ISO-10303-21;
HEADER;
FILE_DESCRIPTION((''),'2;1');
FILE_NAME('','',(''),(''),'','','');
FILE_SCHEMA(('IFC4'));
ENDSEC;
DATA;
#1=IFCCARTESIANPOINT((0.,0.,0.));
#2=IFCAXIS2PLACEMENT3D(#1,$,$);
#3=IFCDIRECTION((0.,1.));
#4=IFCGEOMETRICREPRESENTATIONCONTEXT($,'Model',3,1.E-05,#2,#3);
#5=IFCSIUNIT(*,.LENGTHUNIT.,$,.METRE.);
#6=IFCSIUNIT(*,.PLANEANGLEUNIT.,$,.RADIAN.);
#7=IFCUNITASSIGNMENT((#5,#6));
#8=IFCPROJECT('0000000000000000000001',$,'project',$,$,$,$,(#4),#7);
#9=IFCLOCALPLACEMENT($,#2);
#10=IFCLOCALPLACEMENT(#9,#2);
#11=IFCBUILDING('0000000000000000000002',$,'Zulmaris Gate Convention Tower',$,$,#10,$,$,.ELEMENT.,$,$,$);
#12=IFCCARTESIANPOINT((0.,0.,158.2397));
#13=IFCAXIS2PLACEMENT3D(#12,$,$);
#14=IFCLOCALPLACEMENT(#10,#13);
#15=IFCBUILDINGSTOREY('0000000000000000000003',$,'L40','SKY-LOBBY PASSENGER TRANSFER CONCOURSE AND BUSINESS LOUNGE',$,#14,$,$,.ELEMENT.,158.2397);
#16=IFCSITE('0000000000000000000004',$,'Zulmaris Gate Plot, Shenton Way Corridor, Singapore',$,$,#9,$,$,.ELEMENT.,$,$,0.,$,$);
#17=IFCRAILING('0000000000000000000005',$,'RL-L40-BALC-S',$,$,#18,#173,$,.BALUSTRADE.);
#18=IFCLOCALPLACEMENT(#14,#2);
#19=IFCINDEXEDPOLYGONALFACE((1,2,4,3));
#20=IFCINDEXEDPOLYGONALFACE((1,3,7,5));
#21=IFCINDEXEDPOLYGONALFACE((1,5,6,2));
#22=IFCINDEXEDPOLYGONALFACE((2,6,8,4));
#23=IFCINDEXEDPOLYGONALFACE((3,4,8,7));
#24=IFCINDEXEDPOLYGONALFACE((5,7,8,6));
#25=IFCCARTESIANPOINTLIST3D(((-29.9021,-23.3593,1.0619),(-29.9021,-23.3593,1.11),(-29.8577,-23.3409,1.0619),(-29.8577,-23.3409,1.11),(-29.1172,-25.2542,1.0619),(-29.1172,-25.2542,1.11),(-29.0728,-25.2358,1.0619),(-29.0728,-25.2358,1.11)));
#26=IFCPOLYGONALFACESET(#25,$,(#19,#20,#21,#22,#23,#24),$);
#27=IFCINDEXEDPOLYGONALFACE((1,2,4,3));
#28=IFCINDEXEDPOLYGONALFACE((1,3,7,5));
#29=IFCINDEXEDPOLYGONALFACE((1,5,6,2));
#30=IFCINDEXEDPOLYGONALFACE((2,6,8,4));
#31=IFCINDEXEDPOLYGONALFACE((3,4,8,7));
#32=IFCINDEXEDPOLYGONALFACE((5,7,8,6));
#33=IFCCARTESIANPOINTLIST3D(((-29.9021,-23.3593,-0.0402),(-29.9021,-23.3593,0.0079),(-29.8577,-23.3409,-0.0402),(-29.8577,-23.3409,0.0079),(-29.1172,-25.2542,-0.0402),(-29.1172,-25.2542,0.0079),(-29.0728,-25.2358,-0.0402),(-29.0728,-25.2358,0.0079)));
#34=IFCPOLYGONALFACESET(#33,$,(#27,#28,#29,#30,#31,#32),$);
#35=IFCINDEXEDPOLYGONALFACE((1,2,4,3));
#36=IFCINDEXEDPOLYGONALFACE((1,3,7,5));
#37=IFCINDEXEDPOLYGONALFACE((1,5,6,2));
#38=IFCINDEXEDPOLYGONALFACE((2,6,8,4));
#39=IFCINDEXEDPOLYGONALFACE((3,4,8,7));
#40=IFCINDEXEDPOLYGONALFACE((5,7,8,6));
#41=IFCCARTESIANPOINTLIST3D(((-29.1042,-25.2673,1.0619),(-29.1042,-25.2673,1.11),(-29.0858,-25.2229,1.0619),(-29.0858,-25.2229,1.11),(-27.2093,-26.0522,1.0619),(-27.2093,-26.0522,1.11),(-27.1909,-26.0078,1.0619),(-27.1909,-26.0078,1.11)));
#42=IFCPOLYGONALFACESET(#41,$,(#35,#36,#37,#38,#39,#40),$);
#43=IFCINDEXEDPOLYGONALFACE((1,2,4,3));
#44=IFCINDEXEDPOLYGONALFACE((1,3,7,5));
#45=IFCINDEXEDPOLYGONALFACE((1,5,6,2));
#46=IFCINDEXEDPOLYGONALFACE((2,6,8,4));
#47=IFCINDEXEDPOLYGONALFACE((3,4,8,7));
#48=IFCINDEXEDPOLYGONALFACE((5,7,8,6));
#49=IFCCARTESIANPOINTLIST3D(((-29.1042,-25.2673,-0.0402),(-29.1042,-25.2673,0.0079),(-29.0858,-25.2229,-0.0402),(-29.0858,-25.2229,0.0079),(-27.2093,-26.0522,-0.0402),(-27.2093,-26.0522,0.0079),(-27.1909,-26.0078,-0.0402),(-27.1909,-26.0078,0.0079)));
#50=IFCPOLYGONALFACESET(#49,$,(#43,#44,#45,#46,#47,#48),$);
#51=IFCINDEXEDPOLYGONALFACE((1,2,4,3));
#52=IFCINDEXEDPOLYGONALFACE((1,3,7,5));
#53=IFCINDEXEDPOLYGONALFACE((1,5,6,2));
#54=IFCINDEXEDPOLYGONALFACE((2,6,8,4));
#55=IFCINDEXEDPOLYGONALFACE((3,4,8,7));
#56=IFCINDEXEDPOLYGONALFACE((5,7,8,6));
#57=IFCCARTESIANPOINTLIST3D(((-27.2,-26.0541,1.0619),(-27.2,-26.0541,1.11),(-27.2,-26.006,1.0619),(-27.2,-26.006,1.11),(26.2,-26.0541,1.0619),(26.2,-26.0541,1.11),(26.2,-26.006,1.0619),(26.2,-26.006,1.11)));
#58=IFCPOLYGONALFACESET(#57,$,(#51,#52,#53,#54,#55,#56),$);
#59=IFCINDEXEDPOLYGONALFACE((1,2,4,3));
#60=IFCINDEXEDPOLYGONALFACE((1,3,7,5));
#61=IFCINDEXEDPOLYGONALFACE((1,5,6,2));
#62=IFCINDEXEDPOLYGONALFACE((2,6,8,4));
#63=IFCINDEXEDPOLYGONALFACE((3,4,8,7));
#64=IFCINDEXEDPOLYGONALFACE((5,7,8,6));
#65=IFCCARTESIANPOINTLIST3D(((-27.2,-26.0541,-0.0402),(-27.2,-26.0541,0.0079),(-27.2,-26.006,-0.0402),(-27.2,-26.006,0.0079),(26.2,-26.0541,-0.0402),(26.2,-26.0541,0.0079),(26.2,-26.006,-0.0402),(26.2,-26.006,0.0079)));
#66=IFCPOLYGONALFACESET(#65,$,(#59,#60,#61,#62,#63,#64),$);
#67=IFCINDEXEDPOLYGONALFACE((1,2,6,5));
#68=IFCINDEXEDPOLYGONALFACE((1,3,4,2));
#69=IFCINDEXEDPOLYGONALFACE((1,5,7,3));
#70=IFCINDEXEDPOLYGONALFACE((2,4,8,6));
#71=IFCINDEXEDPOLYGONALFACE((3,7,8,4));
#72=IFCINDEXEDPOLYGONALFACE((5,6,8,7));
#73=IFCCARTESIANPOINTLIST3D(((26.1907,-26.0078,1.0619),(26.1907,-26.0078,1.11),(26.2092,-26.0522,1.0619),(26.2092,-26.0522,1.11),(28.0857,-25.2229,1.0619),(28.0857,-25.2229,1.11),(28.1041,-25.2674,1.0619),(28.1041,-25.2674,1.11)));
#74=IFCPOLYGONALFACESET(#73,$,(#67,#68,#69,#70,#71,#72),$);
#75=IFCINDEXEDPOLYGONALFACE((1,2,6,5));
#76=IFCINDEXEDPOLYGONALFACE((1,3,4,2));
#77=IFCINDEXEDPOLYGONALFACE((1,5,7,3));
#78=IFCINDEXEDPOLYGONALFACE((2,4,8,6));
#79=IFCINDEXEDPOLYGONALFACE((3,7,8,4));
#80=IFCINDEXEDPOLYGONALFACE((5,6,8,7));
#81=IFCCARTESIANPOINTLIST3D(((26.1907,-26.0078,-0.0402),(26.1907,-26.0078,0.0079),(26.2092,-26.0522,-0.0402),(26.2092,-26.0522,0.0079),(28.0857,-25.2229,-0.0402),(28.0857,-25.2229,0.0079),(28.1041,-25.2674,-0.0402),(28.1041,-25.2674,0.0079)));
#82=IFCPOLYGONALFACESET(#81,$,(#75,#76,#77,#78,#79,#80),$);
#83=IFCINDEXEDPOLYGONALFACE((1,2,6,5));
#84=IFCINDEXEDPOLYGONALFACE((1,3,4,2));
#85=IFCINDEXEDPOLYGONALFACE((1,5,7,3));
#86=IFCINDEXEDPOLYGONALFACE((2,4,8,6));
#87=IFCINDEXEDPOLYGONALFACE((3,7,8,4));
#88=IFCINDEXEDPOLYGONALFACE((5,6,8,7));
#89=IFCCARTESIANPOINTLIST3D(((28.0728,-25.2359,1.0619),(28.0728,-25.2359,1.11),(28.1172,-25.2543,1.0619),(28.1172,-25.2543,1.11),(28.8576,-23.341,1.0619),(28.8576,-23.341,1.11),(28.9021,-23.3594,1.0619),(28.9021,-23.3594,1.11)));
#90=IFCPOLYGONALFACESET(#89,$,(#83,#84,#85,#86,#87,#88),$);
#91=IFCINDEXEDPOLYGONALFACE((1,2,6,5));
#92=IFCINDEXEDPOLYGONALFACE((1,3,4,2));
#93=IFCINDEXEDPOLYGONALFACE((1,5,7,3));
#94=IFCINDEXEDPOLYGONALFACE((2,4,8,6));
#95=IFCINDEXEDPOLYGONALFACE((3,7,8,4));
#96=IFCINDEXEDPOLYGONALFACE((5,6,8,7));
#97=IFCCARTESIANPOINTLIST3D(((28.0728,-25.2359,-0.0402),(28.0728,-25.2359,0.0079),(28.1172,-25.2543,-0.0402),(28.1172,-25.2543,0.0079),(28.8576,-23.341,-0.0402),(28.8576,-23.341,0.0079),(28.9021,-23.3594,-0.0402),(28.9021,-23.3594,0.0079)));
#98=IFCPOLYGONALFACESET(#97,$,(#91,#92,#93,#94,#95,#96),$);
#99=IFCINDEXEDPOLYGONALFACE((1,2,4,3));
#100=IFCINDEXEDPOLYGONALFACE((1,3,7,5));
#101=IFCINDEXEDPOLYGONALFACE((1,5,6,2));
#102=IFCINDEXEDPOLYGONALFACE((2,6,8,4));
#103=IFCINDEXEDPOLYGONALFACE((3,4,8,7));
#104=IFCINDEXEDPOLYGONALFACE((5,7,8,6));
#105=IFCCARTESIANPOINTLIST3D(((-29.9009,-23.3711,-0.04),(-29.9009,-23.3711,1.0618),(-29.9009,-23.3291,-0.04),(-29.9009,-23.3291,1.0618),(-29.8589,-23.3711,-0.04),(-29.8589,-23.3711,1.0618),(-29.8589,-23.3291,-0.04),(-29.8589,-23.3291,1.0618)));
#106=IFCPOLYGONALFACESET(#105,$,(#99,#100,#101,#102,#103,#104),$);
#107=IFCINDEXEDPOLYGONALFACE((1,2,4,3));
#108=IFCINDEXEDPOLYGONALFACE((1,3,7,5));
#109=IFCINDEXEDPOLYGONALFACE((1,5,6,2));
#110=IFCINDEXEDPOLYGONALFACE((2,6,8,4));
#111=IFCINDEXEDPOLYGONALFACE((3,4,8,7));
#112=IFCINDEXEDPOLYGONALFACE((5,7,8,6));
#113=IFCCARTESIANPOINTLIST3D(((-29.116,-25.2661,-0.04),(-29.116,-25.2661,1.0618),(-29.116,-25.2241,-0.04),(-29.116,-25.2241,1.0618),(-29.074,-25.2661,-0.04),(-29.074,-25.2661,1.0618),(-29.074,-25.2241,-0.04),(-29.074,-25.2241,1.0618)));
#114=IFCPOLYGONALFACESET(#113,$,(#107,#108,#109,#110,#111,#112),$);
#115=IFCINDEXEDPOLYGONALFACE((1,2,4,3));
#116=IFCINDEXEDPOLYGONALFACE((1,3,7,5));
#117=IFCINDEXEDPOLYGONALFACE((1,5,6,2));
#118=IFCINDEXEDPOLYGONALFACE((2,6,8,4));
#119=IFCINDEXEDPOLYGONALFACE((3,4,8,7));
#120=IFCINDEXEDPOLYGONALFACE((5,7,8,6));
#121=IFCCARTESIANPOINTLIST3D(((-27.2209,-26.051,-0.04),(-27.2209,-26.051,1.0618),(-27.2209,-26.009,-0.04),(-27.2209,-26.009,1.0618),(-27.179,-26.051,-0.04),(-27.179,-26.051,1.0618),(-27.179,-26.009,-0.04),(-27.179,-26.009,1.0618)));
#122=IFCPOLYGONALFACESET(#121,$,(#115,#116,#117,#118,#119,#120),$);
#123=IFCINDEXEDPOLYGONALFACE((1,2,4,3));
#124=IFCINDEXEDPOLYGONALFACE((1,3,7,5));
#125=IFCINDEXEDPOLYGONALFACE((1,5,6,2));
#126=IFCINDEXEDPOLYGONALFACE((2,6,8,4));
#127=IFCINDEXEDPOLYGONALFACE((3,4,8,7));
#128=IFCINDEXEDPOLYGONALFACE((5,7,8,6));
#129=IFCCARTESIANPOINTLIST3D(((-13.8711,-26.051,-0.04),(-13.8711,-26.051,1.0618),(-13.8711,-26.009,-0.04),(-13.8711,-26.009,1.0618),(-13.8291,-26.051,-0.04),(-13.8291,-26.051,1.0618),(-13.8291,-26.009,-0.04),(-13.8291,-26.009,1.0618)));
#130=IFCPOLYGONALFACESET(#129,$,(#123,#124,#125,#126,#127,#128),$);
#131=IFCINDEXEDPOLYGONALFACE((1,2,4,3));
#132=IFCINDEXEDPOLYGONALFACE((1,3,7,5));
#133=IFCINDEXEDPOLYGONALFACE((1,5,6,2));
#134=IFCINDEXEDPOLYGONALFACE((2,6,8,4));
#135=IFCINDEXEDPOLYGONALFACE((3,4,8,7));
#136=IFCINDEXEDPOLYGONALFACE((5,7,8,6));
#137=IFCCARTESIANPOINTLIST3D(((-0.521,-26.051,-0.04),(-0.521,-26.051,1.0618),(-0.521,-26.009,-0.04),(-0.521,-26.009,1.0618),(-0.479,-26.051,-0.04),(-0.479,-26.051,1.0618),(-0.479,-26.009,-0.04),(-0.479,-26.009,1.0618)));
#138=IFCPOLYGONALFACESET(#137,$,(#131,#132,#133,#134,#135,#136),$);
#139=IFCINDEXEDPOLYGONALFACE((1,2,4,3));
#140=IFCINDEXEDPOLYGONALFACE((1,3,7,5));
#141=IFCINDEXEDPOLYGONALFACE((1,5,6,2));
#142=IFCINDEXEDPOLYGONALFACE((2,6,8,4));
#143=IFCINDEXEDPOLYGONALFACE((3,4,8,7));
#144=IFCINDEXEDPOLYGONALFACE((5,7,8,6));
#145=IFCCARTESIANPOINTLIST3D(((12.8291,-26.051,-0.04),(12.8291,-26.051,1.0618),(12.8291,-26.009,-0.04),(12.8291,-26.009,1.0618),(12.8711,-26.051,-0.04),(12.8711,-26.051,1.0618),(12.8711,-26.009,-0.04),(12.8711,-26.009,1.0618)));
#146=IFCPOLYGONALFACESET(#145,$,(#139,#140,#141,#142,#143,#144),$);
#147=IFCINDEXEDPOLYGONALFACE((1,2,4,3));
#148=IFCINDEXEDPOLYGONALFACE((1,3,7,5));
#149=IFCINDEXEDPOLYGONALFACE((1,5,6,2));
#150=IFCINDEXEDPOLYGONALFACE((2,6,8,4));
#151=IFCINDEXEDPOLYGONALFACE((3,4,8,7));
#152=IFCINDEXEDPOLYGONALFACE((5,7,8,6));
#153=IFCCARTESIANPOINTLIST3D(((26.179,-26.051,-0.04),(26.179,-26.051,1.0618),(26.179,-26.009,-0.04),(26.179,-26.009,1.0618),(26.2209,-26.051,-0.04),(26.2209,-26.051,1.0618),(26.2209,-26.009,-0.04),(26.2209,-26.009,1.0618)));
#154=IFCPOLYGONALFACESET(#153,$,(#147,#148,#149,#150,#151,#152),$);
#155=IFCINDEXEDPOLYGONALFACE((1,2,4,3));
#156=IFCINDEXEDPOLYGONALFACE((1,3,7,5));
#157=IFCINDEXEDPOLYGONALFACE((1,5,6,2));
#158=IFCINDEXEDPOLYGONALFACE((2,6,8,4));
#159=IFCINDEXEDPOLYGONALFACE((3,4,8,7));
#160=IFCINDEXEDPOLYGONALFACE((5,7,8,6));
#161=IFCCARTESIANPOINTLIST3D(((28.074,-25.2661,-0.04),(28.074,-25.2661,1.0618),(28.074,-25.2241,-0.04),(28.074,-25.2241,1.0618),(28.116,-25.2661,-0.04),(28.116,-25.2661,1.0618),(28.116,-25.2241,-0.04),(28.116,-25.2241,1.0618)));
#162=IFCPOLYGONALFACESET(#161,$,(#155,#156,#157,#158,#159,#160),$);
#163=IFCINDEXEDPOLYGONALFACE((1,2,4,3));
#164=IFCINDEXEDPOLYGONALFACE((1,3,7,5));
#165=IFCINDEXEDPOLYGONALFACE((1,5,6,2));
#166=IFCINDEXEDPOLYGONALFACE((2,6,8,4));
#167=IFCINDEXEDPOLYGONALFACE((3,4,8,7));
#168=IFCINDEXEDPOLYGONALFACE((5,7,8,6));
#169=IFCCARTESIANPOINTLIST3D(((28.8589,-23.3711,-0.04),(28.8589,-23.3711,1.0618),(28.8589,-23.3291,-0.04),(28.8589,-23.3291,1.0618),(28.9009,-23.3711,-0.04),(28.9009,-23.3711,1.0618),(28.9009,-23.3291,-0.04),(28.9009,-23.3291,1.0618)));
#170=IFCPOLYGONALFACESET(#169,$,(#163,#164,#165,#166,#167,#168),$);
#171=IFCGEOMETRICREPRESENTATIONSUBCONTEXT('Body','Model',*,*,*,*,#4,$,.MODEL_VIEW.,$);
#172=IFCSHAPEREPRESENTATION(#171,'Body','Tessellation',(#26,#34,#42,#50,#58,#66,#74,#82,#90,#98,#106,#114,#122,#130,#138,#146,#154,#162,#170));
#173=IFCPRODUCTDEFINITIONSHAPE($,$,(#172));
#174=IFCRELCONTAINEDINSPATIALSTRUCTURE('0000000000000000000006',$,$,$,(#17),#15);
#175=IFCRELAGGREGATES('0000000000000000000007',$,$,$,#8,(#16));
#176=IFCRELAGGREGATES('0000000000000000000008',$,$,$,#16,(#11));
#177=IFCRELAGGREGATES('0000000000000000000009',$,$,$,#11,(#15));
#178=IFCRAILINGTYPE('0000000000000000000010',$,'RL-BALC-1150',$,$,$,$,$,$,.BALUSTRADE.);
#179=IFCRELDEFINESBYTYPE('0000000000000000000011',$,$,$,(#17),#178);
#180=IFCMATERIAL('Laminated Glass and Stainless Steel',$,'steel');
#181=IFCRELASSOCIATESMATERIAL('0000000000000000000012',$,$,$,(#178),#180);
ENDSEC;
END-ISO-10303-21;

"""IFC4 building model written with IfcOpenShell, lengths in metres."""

from ifc_helpers import new_model, si_unit, direction, frame, origin, origin_2d, place, context, subcontext, project, spatial, rectangle, extrude, material, type_object, element, save


model = new_model("IFC4")

# Units and contexts
model_context = context("Model", 3, precision=1e-05, world=origin(), true_north=direction((0.0, 1.0)))
body_context = subcontext(model_context, "Body", "Model", "MODEL_VIEW")
ifc_project = project(units=[si_unit("LENGTHUNIT", "METRE"), si_unit("PLANEANGLEUNIT", "RADIAN")], contexts=[model_context])

# Site, building, storey
site_placement = place(None, origin())
site = spatial("IfcSite", under=ifc_project, at=site_placement, Name="Zulmaris Gate Plot, Shenton Way Corridor, Singapore", CompositionType="ELEMENT", RefElevation=0.0)
building_placement = place(site_placement, origin())
building = spatial("IfcBuilding", under=site, at=building_placement, Name="Zulmaris Gate Convention Tower", CompositionType="ELEMENT")
storey_placement = place(building_placement, frame((0.0, 0.0, 158.2397)))
storey = spatial("IfcBuildingStorey", under=building, at=storey_placement, Name="L40", Description="SKY-LOBBY PASSENGER TRANSFER CONCOURSE AND BUSINESS LOUNGE", CompositionType="ELEMENT", Elevation=158.2397)

# Railing
ifc_material_1 = material(Name="Laminated Glass and Stainless Steel", Category="steel")
railing_type = type_object("IfcRailingType", Name="RL-BALC-1150", PredefinedType="BALUSTRADE", material=ifc_material_1)
railing_placement = place(storey_placement, frame((-29.8799, -23.3501, -0.04)))
element("IfcRailing", 1, at=railing_placement, inside=storey, type_object=railing_type, Name="RL-L40-BALC-S", PredefinedType="BALUSTRADE", context=body_context, shape_type="SweptSolid", body=[
    extrude(rectangle(XDim=0.0481, YDim=0.0481, at=origin_2d()), frame((0.0, 0.0, 1.126), z_axis=(0.382671, -0.923885, 0.0), x_axis=(0.923885, 0.382671, 0.0)), (0.0, 0.0, 1.0), 2.051),
    extrude(rectangle(XDim=0.0481, YDim=0.0481, at=origin_2d()), frame((0.0, 0.0, 0.0239), z_axis=(0.382671, -0.923885, 0.0), x_axis=(0.923885, 0.382671, 0.0)), (0.0, 0.0, 1.0), 2.051),
    extrude(rectangle(XDim=0.0481, YDim=0.0481, at=origin_2d()), frame((0.7849, -1.895, 1.126), z_axis=(0.923885, -0.382671, 0.0), x_axis=(0.382671, 0.923885, 0.0)), (0.0, 0.0, 1.0), 2.051),
    extrude(rectangle(XDim=0.0481, YDim=0.0481, at=origin_2d()), frame((0.7849, -1.895, 0.0239), z_axis=(0.923885, -0.382671, 0.0), x_axis=(0.382671, 0.923885, 0.0)), (0.0, 0.0, 1.0), 2.051),
    extrude(rectangle(XDim=0.0481, YDim=0.0481, at=origin_2d()), frame((2.6799, -2.6799, 1.126), z_axis=(1.0, 0.0, 0.0), x_axis=(0.0, 1.0, 0.0)), (0.0, 0.0, 1.0), 53.3999),
    extrude(rectangle(XDim=0.0481, YDim=0.0481, at=origin_2d()), frame((2.6799, -2.6799, 0.0239), z_axis=(1.0, 0.0, 0.0), x_axis=(0.0, 1.0, 0.0)), (0.0, 0.0, 1.0), 53.3999),
    extrude(rectangle(XDim=0.0481, YDim=0.0481, at=origin_2d()), frame((56.0798, -2.6799, 1.126), z_axis=(0.923885, 0.382671, 0.0), x_axis=(-0.382671, 0.923885, 0.0)), (0.0, 0.0, 1.0), 2.051),
    extrude(rectangle(XDim=0.0481, YDim=0.0481, at=origin_2d()), frame((56.0798, -2.6799, 0.0239), z_axis=(0.923885, 0.382671, 0.0), x_axis=(-0.382671, 0.923885, 0.0)), (0.0, 0.0, 1.0), 2.051),
    extrude(rectangle(XDim=0.0481, YDim=0.0481, at=origin_2d()), frame((57.9749, -1.895, 1.126), z_axis=(0.382671, 0.923885, 0.0), x_axis=(-0.923885, 0.382671, 0.0)), (0.0, 0.0, 1.0), 2.051),
    extrude(rectangle(XDim=0.0481, YDim=0.0481, at=origin_2d()), frame((57.9749, -1.895, 0.0239), z_axis=(0.382671, 0.923885, 0.0), x_axis=(-0.923885, 0.382671, 0.0)), (0.0, 0.0, 1.0), 2.051),
    extrude(rectangle(XDim=0.042, YDim=0.042, at=origin_2d()), origin(), (0.0, 0.0, 1.0), 1.1018),
    extrude(rectangle(XDim=0.042, YDim=0.042, at=origin_2d()), frame((0.7849, -1.895, 0.0)), (0.0, 0.0, 1.0), 1.1018),
    extrude(rectangle(XDim=0.042, YDim=0.042, at=origin_2d()), frame((2.6799, -2.6799, 0.0)), (0.0, 0.0, 1.0), 1.1018),
    extrude(rectangle(XDim=0.042, YDim=0.042, at=origin_2d()), frame((16.0298, -2.6799, 0.0)), (0.0, 0.0, 1.0), 1.1018),
    extrude(rectangle(XDim=0.042, YDim=0.042, at=origin_2d()), frame((29.3799, -2.6799, 0.0)), (0.0, 0.0, 1.0), 1.1018),
    extrude(rectangle(XDim=0.042, YDim=0.042, at=origin_2d()), frame((42.73, -2.6799, 0.0)), (0.0, 0.0, 1.0), 1.1018),
    extrude(rectangle(XDim=0.042, YDim=0.042, at=origin_2d()), frame((56.0798, -2.6799, 0.0)), (0.0, 0.0, 1.0), 1.1018),
    extrude(rectangle(XDim=0.042, YDim=0.042, at=origin_2d()), frame((57.9749, -1.895, 0.0)), (0.0, 0.0, 1.0), 1.1018),
    extrude(rectangle(XDim=0.042, YDim=0.042, at=origin_2d()), frame((58.7598, 0.0, 0.0)), (0.0, 0.0, 1.0), 1.1018),
])

save(model, "model.ifc")
